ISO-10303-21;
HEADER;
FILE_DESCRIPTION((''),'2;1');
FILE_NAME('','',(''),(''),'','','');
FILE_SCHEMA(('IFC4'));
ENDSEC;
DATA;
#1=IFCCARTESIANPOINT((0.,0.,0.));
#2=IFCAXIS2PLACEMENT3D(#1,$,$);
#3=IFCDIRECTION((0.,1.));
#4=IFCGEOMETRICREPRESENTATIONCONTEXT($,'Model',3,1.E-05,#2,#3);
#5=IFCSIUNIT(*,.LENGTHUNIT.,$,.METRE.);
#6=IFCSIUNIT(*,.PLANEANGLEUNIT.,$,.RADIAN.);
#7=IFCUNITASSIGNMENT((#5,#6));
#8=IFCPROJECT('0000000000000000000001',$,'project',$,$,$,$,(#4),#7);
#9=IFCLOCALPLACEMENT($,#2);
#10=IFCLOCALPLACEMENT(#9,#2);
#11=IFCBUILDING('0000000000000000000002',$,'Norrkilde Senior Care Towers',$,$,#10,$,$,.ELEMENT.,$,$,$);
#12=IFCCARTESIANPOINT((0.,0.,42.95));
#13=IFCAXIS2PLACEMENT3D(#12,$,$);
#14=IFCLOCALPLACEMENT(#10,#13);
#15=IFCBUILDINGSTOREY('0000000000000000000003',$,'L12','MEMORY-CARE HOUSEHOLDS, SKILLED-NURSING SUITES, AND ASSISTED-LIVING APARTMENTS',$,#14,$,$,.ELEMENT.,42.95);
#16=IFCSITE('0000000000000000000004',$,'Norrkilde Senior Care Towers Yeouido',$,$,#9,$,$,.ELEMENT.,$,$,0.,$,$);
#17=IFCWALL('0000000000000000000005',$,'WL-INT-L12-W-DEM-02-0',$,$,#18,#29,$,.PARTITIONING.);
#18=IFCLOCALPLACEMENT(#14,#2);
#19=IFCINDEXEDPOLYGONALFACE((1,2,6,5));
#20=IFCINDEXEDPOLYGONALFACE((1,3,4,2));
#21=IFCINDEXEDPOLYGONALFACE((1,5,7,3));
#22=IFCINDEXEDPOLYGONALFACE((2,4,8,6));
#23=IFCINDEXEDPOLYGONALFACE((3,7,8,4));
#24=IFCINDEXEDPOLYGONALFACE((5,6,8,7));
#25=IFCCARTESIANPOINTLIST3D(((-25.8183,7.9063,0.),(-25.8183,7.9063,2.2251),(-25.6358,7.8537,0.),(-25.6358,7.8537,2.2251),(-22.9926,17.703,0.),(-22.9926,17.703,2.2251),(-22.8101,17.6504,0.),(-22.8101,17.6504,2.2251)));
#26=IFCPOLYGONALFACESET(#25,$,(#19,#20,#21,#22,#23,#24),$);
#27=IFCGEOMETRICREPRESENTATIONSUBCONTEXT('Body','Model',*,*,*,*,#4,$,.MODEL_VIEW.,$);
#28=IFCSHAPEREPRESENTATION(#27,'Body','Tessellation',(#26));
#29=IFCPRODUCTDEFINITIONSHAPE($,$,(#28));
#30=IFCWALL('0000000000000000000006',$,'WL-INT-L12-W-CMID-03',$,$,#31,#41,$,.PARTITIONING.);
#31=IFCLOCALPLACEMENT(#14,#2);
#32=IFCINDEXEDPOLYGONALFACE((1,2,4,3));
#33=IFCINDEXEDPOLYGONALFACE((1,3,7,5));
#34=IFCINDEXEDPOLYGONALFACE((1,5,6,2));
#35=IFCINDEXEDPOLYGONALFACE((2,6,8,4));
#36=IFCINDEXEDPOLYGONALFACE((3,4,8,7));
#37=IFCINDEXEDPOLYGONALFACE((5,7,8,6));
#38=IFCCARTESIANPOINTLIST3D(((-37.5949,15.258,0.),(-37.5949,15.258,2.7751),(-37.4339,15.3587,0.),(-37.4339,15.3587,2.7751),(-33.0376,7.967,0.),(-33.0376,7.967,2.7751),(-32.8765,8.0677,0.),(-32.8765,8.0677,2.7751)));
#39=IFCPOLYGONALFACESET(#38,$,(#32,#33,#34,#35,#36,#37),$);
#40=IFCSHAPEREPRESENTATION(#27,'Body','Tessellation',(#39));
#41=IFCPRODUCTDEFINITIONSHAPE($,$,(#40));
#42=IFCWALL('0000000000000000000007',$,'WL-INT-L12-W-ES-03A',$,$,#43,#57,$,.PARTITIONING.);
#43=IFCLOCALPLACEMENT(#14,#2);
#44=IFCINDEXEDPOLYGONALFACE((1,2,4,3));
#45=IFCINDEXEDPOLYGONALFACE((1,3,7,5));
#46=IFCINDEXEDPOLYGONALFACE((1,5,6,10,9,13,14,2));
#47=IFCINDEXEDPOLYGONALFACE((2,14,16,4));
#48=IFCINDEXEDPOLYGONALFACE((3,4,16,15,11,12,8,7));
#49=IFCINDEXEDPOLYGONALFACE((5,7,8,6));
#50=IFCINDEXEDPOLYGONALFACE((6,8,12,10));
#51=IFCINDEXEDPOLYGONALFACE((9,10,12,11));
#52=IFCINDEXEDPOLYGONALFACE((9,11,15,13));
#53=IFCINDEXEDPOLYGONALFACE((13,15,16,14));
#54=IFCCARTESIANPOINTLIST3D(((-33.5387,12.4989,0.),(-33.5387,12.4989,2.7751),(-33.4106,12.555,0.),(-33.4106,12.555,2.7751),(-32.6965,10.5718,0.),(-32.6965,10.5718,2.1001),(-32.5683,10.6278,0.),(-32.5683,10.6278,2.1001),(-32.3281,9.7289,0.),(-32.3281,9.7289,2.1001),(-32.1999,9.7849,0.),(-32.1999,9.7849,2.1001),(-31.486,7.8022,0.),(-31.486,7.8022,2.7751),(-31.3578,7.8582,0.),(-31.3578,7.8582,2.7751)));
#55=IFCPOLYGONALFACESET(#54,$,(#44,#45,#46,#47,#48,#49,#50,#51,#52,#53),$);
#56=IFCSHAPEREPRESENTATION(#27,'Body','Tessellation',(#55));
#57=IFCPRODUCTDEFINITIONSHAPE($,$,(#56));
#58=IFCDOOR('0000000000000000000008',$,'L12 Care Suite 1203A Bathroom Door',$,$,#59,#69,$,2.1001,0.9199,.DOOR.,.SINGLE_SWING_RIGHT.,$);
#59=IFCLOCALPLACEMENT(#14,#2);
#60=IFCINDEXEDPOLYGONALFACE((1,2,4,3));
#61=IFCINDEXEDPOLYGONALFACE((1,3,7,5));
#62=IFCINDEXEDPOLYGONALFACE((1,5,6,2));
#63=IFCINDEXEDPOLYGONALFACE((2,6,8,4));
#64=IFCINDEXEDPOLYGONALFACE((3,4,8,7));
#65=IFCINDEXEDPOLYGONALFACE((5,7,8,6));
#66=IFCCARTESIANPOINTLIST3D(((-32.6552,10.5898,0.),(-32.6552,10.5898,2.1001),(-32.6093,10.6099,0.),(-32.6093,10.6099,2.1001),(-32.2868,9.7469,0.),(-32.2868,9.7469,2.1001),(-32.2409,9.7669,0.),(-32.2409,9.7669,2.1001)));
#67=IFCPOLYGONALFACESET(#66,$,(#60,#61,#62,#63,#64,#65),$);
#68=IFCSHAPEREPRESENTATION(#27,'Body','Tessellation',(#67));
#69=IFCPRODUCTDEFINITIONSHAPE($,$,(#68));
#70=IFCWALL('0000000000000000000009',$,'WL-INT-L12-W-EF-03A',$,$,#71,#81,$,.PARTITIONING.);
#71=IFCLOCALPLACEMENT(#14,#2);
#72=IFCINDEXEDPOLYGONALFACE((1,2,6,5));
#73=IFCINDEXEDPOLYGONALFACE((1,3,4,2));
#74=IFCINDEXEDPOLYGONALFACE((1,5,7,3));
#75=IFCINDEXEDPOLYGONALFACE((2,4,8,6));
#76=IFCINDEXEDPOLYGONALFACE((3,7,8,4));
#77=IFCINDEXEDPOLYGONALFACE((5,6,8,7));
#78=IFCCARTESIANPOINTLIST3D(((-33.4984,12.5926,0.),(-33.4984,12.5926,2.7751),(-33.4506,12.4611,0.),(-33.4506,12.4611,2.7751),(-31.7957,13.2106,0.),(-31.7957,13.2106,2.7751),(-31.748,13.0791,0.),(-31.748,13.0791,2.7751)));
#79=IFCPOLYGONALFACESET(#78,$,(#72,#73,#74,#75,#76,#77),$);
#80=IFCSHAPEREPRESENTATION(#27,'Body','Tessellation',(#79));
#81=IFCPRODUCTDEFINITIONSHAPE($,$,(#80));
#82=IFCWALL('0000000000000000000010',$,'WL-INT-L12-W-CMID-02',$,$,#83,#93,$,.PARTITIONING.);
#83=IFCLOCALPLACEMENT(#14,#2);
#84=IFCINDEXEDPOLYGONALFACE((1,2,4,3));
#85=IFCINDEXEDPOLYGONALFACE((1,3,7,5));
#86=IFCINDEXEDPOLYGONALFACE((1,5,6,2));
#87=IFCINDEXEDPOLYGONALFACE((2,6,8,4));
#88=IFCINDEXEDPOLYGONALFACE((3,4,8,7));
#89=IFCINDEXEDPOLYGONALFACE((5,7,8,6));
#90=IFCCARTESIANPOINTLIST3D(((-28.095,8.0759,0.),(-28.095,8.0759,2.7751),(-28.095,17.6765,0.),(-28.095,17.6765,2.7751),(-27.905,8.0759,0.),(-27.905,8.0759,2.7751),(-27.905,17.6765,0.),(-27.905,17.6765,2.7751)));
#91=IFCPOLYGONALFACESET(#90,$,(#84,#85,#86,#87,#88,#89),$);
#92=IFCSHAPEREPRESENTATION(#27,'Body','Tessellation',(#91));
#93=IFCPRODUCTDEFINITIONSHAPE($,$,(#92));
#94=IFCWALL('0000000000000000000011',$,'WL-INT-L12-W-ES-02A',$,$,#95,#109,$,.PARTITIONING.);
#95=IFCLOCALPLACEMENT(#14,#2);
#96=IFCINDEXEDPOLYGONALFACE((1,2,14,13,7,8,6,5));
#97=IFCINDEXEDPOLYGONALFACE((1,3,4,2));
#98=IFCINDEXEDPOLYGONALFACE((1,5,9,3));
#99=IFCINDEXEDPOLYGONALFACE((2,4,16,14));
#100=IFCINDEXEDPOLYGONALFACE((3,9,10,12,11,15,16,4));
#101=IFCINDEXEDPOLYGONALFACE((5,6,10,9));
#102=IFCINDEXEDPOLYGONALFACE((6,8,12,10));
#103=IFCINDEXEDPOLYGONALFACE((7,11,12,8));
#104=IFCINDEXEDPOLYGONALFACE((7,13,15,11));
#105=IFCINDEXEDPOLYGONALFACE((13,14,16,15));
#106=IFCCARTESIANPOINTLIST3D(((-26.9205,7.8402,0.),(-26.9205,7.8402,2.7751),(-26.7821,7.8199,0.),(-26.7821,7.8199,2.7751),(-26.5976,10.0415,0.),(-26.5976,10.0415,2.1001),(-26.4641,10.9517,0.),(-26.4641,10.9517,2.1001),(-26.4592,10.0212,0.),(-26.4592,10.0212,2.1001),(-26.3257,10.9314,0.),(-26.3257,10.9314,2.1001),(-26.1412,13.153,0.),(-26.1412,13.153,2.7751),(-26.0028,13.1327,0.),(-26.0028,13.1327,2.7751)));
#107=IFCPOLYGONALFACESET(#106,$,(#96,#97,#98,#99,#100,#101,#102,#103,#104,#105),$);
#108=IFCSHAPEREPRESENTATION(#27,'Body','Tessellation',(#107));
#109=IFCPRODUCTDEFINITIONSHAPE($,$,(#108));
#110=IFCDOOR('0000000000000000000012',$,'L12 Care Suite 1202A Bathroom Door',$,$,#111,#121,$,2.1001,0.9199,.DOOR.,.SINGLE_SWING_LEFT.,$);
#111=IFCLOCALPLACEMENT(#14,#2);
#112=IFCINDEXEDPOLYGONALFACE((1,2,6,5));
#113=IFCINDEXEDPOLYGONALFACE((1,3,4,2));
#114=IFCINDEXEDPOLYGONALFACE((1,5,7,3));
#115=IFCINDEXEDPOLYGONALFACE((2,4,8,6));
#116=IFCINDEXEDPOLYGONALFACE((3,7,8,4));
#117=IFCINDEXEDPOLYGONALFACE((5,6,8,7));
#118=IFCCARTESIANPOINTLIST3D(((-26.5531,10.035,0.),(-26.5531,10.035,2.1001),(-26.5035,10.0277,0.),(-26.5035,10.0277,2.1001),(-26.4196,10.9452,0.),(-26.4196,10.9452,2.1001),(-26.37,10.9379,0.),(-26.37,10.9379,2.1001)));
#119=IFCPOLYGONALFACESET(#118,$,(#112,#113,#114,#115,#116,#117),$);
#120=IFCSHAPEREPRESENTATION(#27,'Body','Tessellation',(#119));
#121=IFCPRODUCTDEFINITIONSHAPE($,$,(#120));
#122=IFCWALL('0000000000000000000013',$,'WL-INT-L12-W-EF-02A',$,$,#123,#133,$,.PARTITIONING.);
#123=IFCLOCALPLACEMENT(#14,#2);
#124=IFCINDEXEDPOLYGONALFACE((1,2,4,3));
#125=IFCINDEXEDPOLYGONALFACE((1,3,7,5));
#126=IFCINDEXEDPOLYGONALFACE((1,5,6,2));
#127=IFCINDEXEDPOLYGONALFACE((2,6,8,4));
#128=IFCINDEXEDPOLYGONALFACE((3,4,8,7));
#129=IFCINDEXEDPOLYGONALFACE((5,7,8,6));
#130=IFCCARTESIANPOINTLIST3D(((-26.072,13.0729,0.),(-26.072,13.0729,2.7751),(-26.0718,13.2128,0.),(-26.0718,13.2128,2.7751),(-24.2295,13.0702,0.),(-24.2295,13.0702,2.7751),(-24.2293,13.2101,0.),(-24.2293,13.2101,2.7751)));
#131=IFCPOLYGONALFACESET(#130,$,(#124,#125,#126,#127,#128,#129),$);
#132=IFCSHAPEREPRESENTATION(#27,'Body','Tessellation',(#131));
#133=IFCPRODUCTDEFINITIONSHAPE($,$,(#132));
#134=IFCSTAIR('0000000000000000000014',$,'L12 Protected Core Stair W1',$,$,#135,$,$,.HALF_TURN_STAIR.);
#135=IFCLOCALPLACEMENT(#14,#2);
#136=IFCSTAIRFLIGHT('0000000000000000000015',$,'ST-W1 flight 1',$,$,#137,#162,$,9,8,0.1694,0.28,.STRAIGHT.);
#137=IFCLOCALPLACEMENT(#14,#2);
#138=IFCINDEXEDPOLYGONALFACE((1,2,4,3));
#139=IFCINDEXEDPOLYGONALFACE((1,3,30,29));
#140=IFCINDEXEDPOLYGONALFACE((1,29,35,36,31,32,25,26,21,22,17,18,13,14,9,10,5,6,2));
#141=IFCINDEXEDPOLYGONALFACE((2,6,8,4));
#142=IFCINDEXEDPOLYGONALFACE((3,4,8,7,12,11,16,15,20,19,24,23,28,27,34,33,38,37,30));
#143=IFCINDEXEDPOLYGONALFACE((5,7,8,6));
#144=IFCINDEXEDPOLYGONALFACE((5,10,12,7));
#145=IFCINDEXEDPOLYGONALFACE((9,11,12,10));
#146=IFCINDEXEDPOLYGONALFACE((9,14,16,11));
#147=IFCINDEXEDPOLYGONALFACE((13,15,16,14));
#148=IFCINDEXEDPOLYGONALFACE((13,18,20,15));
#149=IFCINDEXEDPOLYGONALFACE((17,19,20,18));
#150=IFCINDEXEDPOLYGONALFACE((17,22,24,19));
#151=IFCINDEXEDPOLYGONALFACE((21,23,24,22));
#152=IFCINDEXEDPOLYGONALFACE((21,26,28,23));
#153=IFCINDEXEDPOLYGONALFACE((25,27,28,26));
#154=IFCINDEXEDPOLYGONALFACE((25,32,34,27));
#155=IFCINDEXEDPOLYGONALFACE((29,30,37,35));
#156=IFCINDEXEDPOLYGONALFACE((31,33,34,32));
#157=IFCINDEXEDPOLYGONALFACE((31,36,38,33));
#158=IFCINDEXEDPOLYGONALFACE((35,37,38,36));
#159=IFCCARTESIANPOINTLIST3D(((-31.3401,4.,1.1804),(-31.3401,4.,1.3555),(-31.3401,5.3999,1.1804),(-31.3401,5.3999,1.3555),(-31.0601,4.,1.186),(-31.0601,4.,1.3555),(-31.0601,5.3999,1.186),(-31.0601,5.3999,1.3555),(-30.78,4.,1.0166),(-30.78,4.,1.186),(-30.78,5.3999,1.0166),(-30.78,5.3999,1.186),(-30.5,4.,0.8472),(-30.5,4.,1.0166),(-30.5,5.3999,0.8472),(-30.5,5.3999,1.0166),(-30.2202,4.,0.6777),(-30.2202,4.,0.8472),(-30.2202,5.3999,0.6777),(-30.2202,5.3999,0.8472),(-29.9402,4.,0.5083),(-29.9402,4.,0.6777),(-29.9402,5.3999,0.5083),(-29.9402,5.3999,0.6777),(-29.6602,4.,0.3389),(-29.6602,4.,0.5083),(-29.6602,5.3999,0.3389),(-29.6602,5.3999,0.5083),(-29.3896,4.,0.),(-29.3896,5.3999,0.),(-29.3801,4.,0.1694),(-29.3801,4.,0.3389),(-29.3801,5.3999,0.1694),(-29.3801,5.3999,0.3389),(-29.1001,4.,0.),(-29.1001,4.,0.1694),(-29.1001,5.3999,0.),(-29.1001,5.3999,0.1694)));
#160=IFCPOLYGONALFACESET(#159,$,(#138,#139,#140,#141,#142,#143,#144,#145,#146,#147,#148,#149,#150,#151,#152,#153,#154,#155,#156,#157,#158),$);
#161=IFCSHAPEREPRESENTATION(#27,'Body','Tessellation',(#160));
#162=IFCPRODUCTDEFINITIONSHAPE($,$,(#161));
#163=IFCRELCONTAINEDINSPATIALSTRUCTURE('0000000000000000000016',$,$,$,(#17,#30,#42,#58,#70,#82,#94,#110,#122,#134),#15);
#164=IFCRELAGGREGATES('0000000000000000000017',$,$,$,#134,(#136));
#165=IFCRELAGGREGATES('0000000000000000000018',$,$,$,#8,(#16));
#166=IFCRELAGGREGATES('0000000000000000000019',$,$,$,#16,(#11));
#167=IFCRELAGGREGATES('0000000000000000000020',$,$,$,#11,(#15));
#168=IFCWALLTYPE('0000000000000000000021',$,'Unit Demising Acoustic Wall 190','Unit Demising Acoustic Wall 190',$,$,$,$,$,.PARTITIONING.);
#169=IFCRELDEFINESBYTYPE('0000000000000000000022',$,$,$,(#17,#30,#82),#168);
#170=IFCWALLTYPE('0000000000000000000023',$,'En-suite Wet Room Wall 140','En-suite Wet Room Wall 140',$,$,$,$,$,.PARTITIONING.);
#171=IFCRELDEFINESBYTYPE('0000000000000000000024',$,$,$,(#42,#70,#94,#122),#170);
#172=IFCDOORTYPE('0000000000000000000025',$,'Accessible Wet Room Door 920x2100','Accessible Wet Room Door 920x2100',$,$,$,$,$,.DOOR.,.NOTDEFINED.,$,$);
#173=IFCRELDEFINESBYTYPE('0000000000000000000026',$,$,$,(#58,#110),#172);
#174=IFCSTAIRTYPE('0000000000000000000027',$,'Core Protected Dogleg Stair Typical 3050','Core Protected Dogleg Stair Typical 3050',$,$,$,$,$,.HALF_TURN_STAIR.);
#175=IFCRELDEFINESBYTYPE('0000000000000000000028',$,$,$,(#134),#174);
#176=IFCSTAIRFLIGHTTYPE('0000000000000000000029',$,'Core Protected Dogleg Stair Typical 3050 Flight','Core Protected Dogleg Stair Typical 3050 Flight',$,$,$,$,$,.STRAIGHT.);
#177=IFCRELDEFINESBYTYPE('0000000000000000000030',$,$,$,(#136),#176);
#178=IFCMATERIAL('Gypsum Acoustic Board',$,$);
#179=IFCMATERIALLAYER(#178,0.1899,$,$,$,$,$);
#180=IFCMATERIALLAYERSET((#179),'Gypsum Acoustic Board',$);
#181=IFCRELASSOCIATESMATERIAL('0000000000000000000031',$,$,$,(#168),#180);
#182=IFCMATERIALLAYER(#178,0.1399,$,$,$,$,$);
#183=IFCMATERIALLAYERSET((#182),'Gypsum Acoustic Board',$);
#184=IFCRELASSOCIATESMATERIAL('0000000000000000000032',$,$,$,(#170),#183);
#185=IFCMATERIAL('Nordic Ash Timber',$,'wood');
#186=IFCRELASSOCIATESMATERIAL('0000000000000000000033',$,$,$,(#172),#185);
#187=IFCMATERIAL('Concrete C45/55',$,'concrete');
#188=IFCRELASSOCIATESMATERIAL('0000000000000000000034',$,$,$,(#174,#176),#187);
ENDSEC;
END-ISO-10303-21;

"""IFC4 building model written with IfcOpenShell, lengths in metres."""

from ifc_helpers import new_model, si_unit, direction, frame, frame_2d, origin, place, context, subcontext, project, spatial, polyline, rectangle, outline, extrude, source, transform, mapped, material, layer, layer_set, type_object, type_shapes, element, fill, aggregate, save


model = new_model("IFC4")

# Units and contexts
model_context = context("Model", 3, precision=1e-05, world=origin(), true_north=direction((0.0, 1.0)))
body_context = subcontext(model_context, "Body", "Model", "MODEL_VIEW")
ifc_project = project(units=[si_unit("LENGTHUNIT", "METRE"), si_unit("PLANEANGLEUNIT", "RADIAN")], contexts=[model_context])

# Site, building, storey
site_placement = place(None, origin())
site = spatial("IfcSite", under=ifc_project, at=site_placement, Name="Norrkilde Senior Care Towers Yeouido", CompositionType="ELEMENT", RefElevation=0.0)
building_placement = place(site_placement, origin())
building = spatial("IfcBuilding", under=site, at=building_placement, Name="Norrkilde Senior Care Towers", CompositionType="ELEMENT")
storey_placement = place(building_placement, frame((0.0, 0.0, 42.95)))
storey = spatial("IfcBuildingStorey", under=building, at=storey_placement, Name="L12", Description="MEMORY-CARE HOUSEHOLDS, SKILLED-NURSING SUITES, AND ASSISTED-LIVING APARTMENTS", CompositionType="ELEMENT", Elevation=42.95)

# Shared definitions
ifc_material_1 = material(Name="Concrete C45/55", Category="concrete")

# Walls
ifc_material_2 = material(Name="Gypsum Acoustic Board")
ifc_layer_1 = layer(ifc_material_2, 0.1899)
ifc_layer_set_1 = layer_set([ifc_layer_1], Name="Gypsum Acoustic Board")
wall_type_1 = type_object("IfcWallType", Name="Unit Demising Acoustic Wall 190", Description="Unit Demising Acoustic Wall 190", PredefinedType="PARTITIONING", material=ifc_layer_set_1)
shared_shape_1 = source(origin(), body_context, "Body", "SweptSolid", [
    extrude(rectangle(XDim=10.196, YDim=0.1899, at=frame_2d((5.0981, 0.0))), origin(), (0.0, 0.0, 1.0), 2.2251),
])
for number, where, z_axis, x_axis, name in (
    (1, (-25.7271, 7.8799, 0.0), (0.0, 0.0, 1.0), (0.277136, 0.960831, 0.0), "WL-INT-L12-W-DEM-02-0"),
):
    element("IfcWall", number, at=place(storey_placement, frame(where, z_axis=z_axis, x_axis=x_axis)), inside=storey, type_object=wall_type_1, Name=name, PredefinedType="PARTITIONING", context=body_context, shape_type="MappedRepresentation", body=[
        mapped(shared_shape_1, transform((0.0, 0.0, 0.0), x_axis=(1.0, 0.0, 0.0), y_axis=(0.0, 1.0, 0.0), z_axis=(0.0, 0.0, 1.0), scale=1.0)),
    ])
shared_shape_2 = source(origin(), body_context, "Body", "SweptSolid", [
    extrude(rectangle(XDim=8.5981, YDim=0.1899, at=frame_2d((4.2991, 0.0))), origin(), (0.0, 0.0, 1.0), 2.7751),
])
wall_1_placement = place(storey_placement, frame((-32.957, 8.0173, 0.0), z_axis=(0.0, 0.0, 1.0), x_axis=(-0.53004, 0.847973, 0.0)))
element("IfcWall", 2, at=wall_1_placement, inside=storey, type_object=wall_type_1, Name="WL-INT-L12-W-CMID-03", PredefinedType="PARTITIONING", context=body_context, shape_type="MappedRepresentation", body=[
    mapped(shared_shape_2, transform((0.0, 0.0, 0.0), x_axis=(1.0, 0.0, 0.0), y_axis=(0.0, 1.0, 0.0), z_axis=(0.0, 0.0, 1.0), scale=1.0)),
])

# Wall, opening, door
ifc_layer_2 = layer(ifc_material_2, 0.1399)
ifc_layer_set_2 = layer_set([ifc_layer_2], Name="Gypsum Acoustic Board")
wall_type_2 = type_object("IfcWallType", Name="En-suite Wet Room Wall 140", Description="En-suite Wet Room Wall 140", PredefinedType="PARTITIONING", material=ifc_layer_set_2)
shared_shape_3 = source(origin(), body_context, "Body", "SweptSolid", [
    extrude(rectangle(XDim=5.1257, YDim=0.1399, at=frame_2d((2.563, 0.0))), origin(), (0.0, 0.0, 1.0), 2.7751),
])
wall_2_placement = place(storey_placement, frame((-31.4219, 7.8301, 0.0), z_axis=(0.0, 0.0, 1.0), x_axis=(-0.400474, 0.916308, 0.0)))
wall_2 = element("IfcWall", 3, at=wall_2_placement, inside=storey, type_object=wall_type_2, Name="WL-INT-L12-W-ES-03A", PredefinedType="PARTITIONING", context=body_context, shape_type="MappedRepresentation", body=[
    mapped(shared_shape_3, transform((0.0, 0.0, 0.0), x_axis=(1.0, 0.0, 0.0), y_axis=(0.0, 1.0, 0.0), z_axis=(0.0, 0.0, 1.0), scale=1.0)),
])
opening_1_placement = place(wall_2_placement, frame((2.1028, 0.0, 0.0)))
opening_1 = element("IfcOpeningElement", 4, at=opening_1_placement, cuts=wall_2, PredefinedType="OPENING", context=body_context, shape_type="SweptSolid", body=[
    extrude(rectangle(XDim=0.9199, YDim=2.1001, at=frame_2d((0.46, 1.05))), frame((0.0, 0.0798, 0.0), z_axis=(0.0, -1.0, 0.0), x_axis=(1.0, 0.0, 0.0)), (0.0, 0.0, 1.0), 0.1599),
])
ifc_material_3 = material(Name="Nordic Ash Timber", Category="wood")
door_type_1 = type_object("IfcDoorType", Name="Accessible Wet Room Door 920x2100", Description="Accessible Wet Room Door 920x2100", OperationType="NOTDEFINED", PredefinedType="DOOR", material=ifc_material_3)
shared_shape_4 = source(origin(), body_context, "Body", "SweptSolid", [
    extrude(rectangle(XDim=0.9199, YDim=2.1001, at=frame_2d((0.46, 1.05))), frame((0.0, 0.0249, 0.0), z_axis=(0.0, -1.0, 0.0), x_axis=(1.0, 0.0, 0.0)), (0.0, 0.0, 1.0), 0.05),
])
type_shapes(door_type_1, [shared_shape_4])
door_1_placement = place(opening_1_placement, origin())
door_1 = element("IfcDoor", 5, at=door_1_placement, inside=storey, type_object=door_type_1, Name="L12 Care Suite 1203A Bathroom Door", OperationType="SINGLE_SWING_RIGHT", OverallHeight=2.1001, OverallWidth=0.9199, PredefinedType="DOOR", context=body_context, shape_type="MappedRepresentation", body=[
    mapped(shared_shape_4, transform((0.0, 0.0, 0.0), x_axis=(1.0, 0.0, 0.0), y_axis=(0.0, 1.0, 0.0), z_axis=(0.0, 0.0, 1.0), scale=1.0)),
])
fill(opening_1, door_1)

# Walls
shared_shape_5 = source(origin(), body_context, "Body", "SweptSolid", [
    extrude(rectangle(XDim=1.8113, YDim=0.1399, at=frame_2d((0.9058, 0.0))), origin(), (0.0, 0.0, 1.0), 2.7751),
])
wall_3_placement = place(storey_placement, frame((-33.4746, 12.5269, 0.0), z_axis=(0.0, 0.0, 1.0), x_axis=(0.94001, 0.341148, 0.0)))
element("IfcWall", 6, at=wall_3_placement, inside=storey, type_object=wall_type_2, Name="WL-INT-L12-W-EF-03A", PredefinedType="PARTITIONING", context=body_context, shape_type="MappedRepresentation", body=[
    mapped(shared_shape_5, transform((0.0, 0.0, 0.0), x_axis=(1.0, 0.0, 0.0), y_axis=(0.0, 1.0, 0.0), z_axis=(0.0, 0.0, 1.0), scale=1.0)),
])
shared_shape_6 = source(origin(), body_context, "Body", "SweptSolid", [
    extrude(rectangle(XDim=9.6006, YDim=0.1899, at=frame_2d((4.8003, 0.0))), origin(), (0.0, 0.0, 1.0), 2.7751),
])
type_shapes(wall_type_1, [shared_shape_1, shared_shape_2, shared_shape_6])
wall_4_placement = place(storey_placement, frame((-28.0, 8.0759, 0.0), z_axis=(0.0, 0.0, 1.0), x_axis=(0.0, 1.0, 0.0)))
element("IfcWall", 7, at=wall_4_placement, inside=storey, type_object=wall_type_1, Name="WL-INT-L12-W-CMID-02", PredefinedType="PARTITIONING", context=body_context, shape_type="MappedRepresentation", body=[
    mapped(shared_shape_6, transform((0.0, 0.0, 0.0), x_axis=(1.0, 0.0, 0.0), y_axis=(0.0, 1.0, 0.0), z_axis=(0.0, 0.0, 1.0), scale=1.0)),
])

# Wall, opening, door
shared_shape_7 = source(origin(), body_context, "Body", "SweptSolid", [
    extrude(rectangle(XDim=5.3696, YDim=0.1399, at=frame_2d((2.6848, 0.0))), origin(), (0.0, 0.0, 1.0), 2.7751),
])
wall_5_placement = place(storey_placement, frame((-26.8513, 7.8301, 0.0), z_axis=(0.0, 0.0, 1.0), x_axis=(0.145131, 0.989412, 0.0)))
wall_5 = element("IfcWall", 8, at=wall_5_placement, inside=storey, type_object=wall_type_2, Name="WL-INT-L12-W-ES-02A", PredefinedType="PARTITIONING", context=body_context, shape_type="MappedRepresentation", body=[
    mapped(shared_shape_7, transform((0.0, 0.0, 0.0), x_axis=(1.0, 0.0, 0.0), y_axis=(0.0, 1.0, 0.0), z_axis=(0.0, 0.0, 1.0), scale=1.0)),
])
opening_2_placement = place(wall_5_placement, frame((2.2249, 0.0, 0.0)))
opening_2 = element("IfcOpeningElement", 9, at=opening_2_placement, cuts=wall_5, PredefinedType="OPENING", context=body_context, shape_type="SweptSolid", body=[
    extrude(rectangle(XDim=0.9199, YDim=2.1001, at=frame_2d((0.46, 1.05))), frame((0.0, 0.0798, 0.0), z_axis=(0.0, -1.0, 0.0), x_axis=(1.0, 0.0, 0.0)), (0.0, 0.0, 1.0), 0.1599),
])
door_2_placement = place(opening_2_placement, origin())
door_2 = element("IfcDoor", 10, at=door_2_placement, inside=storey, type_object=door_type_1, Name="L12 Care Suite 1202A Bathroom Door", OperationType="SINGLE_SWING_LEFT", OverallHeight=2.1001, OverallWidth=0.9199, PredefinedType="DOOR", context=body_context, shape_type="MappedRepresentation", body=[
    mapped(shared_shape_4, transform((0.0, 0.0, 0.0), x_axis=(1.0, 0.0, 0.0), y_axis=(0.0, 1.0, 0.0), z_axis=(0.0, 0.0, 1.0), scale=1.0)),
])
fill(opening_2, door_2)

# Wall
shared_shape_8 = source(origin(), body_context, "Body", "SweptSolid", [
    extrude(rectangle(XDim=1.8425, YDim=0.1399, at=frame_2d((0.9214, 0.0))), origin(), (0.0, 0.0, 1.0), 2.7751),
])
type_shapes(wall_type_2, [shared_shape_3, shared_shape_5, shared_shape_7, shared_shape_8])
wall_6_placement = place(storey_placement, frame((-26.072, 13.1428, 0.0), z_axis=(0.0, 0.0, 1.0), x_axis=(0.999999, -0.001458, 0.0)))
element("IfcWall", 11, at=wall_6_placement, inside=storey, type_object=wall_type_2, Name="WL-INT-L12-W-EF-02A", PredefinedType="PARTITIONING", context=body_context, shape_type="MappedRepresentation", body=[
    mapped(shared_shape_8, transform((0.0, 0.0, 0.0), x_axis=(1.0, 0.0, 0.0), y_axis=(0.0, 1.0, 0.0), z_axis=(0.0, 0.0, 1.0), scale=1.0)),
])

# Stair, stair flight
stair_type = type_object("IfcStairType", Name="Core Protected Dogleg Stair Typical 3050", Description="Core Protected Dogleg Stair Typical 3050", PredefinedType="HALF_TURN_STAIR", material=ifc_material_1)
stair_placement = place(storey_placement, origin())
stair = element("IfcStair", 12, at=stair_placement, inside=storey, type_object=stair_type, Name="L12 Protected Core Stair W1", PredefinedType="HALF_TURN_STAIR")
stair_flight_type = type_object("IfcStairFlightType", Name="Core Protected Dogleg Stair Typical 3050 Flight", Description="Core Protected Dogleg Stair Typical 3050 Flight", PredefinedType="STRAIGHT", material=ifc_material_1)
stair_flight_1_placement = place(storey_placement, frame((-29.1001, 4.7, 0.0), z_axis=(0.0, 0.0, 1.0), x_axis=(-1.0, 0.0, 0.0)))
stair_flight_1 = element("IfcStairFlight", 13, at=stair_flight_1_placement, type_object=stair_flight_type, Name="ST-W1 flight 1", NumberOfRisers=9, NumberOfTreads=8, PredefinedType="STRAIGHT", RiserHeight=0.1694, TreadLength=0.28, context=body_context, shape_type="SweptSolid", body=[
    extrude(outline(polyline([(0.0, 0.0), (0.0, 0.1694), (0.28, 0.1694), (0.28, 0.3389), (0.5601, 0.3389), (0.5601, 0.5083), (0.8401, 0.5083), (0.8401, 0.6777), (1.1201, 0.6777), (1.1201, 0.8472), (1.3999, 0.8472), (1.3999, 1.0166), (1.6799, 1.0166), (1.6799, 1.186), (1.96, 1.186), (1.96, 1.3555), (2.24, 1.3555), (2.24, 1.5249), (2.24, 1.1804), (0.2896, 0.0), (0.0, 0.0)])), frame((0.0, 0.7, 0.0), z_axis=(0.0, -1.0, 0.0), x_axis=(1.0, 0.0, 0.0)), (0.0, 0.0, 1.0), 1.3999),
])
aggregate(stair, [stair_flight_1])

save(model, "model.ifc")
